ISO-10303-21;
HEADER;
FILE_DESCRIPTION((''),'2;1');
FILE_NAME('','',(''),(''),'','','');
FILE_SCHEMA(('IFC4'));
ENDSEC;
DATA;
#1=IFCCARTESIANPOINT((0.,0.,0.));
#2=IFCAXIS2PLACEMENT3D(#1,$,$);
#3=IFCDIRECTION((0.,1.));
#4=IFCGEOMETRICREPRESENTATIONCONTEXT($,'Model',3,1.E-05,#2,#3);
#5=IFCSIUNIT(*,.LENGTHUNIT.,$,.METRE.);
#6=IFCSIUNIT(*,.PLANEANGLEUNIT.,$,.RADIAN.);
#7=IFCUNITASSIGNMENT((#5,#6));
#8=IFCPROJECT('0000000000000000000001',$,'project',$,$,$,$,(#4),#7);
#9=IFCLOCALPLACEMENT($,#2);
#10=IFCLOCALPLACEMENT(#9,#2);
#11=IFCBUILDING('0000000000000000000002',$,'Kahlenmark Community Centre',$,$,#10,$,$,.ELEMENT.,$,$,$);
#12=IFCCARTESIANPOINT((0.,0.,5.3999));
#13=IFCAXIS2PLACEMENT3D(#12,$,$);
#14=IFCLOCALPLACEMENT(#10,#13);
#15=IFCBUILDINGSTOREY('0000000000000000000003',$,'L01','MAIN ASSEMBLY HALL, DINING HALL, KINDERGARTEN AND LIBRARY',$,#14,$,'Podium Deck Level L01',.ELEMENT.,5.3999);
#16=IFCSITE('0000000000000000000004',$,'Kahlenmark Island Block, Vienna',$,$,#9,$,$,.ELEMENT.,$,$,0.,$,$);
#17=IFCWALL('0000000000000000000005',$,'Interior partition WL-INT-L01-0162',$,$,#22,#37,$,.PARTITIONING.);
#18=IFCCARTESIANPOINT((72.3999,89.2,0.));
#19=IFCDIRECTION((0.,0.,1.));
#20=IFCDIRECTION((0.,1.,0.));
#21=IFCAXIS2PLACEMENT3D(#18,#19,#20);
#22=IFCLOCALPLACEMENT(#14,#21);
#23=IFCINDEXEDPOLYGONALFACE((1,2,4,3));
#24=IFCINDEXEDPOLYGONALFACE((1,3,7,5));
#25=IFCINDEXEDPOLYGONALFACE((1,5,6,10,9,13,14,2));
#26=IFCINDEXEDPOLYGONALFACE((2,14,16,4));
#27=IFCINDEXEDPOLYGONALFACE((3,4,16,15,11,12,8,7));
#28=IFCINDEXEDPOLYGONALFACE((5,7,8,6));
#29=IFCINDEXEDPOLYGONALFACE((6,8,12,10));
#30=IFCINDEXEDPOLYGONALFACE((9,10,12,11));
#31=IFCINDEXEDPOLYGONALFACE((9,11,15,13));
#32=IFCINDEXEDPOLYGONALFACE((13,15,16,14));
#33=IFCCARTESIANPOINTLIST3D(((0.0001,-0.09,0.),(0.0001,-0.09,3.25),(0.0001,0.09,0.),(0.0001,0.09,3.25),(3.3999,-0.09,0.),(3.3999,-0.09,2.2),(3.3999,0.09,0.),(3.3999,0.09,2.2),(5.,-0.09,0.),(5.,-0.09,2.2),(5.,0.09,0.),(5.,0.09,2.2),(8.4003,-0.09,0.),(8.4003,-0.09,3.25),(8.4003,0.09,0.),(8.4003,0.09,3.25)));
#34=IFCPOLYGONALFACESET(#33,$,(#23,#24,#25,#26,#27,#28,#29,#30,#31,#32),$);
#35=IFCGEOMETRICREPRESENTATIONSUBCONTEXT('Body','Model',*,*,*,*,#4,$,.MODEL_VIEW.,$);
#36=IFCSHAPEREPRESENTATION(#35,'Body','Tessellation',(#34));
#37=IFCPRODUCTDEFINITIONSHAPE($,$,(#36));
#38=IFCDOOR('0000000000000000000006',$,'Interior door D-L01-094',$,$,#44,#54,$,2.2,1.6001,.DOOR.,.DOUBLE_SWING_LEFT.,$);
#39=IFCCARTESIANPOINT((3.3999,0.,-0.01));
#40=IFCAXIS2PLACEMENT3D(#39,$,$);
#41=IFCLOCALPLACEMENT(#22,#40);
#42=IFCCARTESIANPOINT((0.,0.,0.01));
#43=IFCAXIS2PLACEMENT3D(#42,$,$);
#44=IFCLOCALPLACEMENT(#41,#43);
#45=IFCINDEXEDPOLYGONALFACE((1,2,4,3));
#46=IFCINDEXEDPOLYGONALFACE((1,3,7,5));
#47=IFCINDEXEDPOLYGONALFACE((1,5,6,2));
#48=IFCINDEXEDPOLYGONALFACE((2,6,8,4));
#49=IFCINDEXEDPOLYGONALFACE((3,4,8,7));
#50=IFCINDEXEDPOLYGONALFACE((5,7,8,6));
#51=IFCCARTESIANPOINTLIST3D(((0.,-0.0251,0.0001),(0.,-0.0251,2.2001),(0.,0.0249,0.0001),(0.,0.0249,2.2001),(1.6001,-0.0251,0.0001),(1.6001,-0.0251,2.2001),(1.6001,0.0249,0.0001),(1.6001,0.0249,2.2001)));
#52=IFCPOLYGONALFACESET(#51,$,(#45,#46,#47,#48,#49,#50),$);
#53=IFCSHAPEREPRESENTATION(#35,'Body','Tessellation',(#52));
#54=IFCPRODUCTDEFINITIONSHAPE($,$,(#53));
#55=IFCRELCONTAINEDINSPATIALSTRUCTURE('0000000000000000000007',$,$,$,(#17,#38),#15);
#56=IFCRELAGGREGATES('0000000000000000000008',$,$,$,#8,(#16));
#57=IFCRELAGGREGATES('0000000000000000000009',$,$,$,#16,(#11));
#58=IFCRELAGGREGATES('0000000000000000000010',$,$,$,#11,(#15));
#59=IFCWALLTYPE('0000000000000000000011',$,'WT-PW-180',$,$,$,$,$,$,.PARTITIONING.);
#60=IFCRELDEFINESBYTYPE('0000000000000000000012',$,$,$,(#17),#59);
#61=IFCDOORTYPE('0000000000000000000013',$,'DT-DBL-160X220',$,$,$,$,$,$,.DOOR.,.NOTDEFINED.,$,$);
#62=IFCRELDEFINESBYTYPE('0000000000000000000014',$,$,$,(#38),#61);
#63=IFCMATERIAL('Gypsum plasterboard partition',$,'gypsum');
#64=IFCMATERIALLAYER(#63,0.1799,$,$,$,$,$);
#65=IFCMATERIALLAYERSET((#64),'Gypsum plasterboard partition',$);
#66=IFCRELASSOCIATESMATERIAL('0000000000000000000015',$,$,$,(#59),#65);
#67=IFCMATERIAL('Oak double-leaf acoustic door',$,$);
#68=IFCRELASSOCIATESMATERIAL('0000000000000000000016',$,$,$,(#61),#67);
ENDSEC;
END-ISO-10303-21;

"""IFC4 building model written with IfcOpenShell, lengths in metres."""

from ifc_helpers import new_model, si_unit, direction, frame, frame_2d, origin, place, context, subcontext, project, spatial, rectangle, extrude, material, layer, layer_set, type_object, element, fill, save


model = new_model("IFC4")

# Units and contexts
model_context = context("Model", 3, precision=1e-05, world=origin(), true_north=direction((0.0, 1.0)))
body_context = subcontext(model_context, "Body", "Model", "MODEL_VIEW")
ifc_project = project(units=[si_unit("LENGTHUNIT", "METRE"), si_unit("PLANEANGLEUNIT", "RADIAN")], contexts=[model_context])

# Site, building, storey
site_placement = place(None, origin())
site = spatial("IfcSite", under=ifc_project, at=site_placement, Name="Kahlenmark Island Block, Vienna", CompositionType="ELEMENT", RefElevation=0.0)
building_placement = place(site_placement, origin())
building = spatial("IfcBuilding", under=site, at=building_placement, Name="Kahlenmark Community Centre", CompositionType="ELEMENT")
storey_placement = place(building_placement, frame((0.0, 0.0, 5.3999)))
storey = spatial("IfcBuildingStorey", under=building, at=storey_placement, Name="L01", Description="MAIN ASSEMBLY HALL, DINING HALL, KINDERGARTEN AND LIBRARY", LongName="Podium Deck Level L01", CompositionType="ELEMENT", Elevation=5.3999)

# Wall, opening, door
ifc_material_1 = material(Name="Gypsum plasterboard partition", Category="gypsum")
ifc_layer_1 = layer(ifc_material_1, 0.1799)
ifc_layer_set_1 = layer_set([ifc_layer_1], Name="Gypsum plasterboard partition")
wall_type_1 = type_object("IfcWallType", Name="WT-PW-180", PredefinedType="PARTITIONING", material=ifc_layer_set_1)
wall_1_placement = place(storey_placement, frame((72.3999, 89.2, 0.0), z_axis=(0.0, 0.0, 1.0), x_axis=(0.0, 1.0, 0.0)))
wall_1 = element("IfcWall", 1, at=wall_1_placement, inside=storey, type_object=wall_type_1, Name="Interior partition WL-INT-L01-0162", PredefinedType="PARTITIONING", context=body_context, shape_type="SweptSolid", body=[
    extrude(rectangle(XDim=8.4001, YDim=0.1799, at=frame_2d((4.2002, 0.0))), origin(), (0.0, 0.0, 1.0), 3.25),
])
opening_1_placement = place(wall_1_placement, frame((3.3999, 0.0, -0.01)))
opening_1 = element("IfcOpeningElement", 2, at=opening_1_placement, cuts=wall_1, PredefinedType="OPENING", context=body_context, shape_type="SweptSolid", body=[
    extrude(rectangle(XDim=1.6001, YDim=2.21, at=frame_2d((0.8, 1.105))), frame((0.0, 0.0999, 0.0), z_axis=(0.0, -1.0, 0.0), x_axis=(1.0, 0.0, 0.0)), (0.0, 0.0, 1.0), 0.2),
])
ifc_material_2 = material(Name="Oak double-leaf acoustic door")
door_type = type_object("IfcDoorType", Name="DT-DBL-160X220", OperationType="NOTDEFINED", PredefinedType="DOOR", material=ifc_material_2)
door_placement = place(opening_1_placement, frame((0.0, 0.0, 0.01)))
door = element("IfcDoor", 3, at=door_placement, inside=storey, type_object=door_type, Name="Interior door D-L01-094", OperationType="DOUBLE_SWING_LEFT", OverallHeight=2.2, OverallWidth=1.6001, PredefinedType="DOOR", context=body_context, shape_type="SweptSolid", body=[
    extrude(rectangle(XDim=1.6001, YDim=2.2, at=frame_2d((0.8, 1.1001))), frame((0.0, 0.0249, 0.0), z_axis=(0.0, -1.0, 0.0), x_axis=(1.0, 0.0, 0.0)), (0.0, 0.0, 1.0), 0.05),
])
fill(opening_1, door)

save(model, "model.ifc")
